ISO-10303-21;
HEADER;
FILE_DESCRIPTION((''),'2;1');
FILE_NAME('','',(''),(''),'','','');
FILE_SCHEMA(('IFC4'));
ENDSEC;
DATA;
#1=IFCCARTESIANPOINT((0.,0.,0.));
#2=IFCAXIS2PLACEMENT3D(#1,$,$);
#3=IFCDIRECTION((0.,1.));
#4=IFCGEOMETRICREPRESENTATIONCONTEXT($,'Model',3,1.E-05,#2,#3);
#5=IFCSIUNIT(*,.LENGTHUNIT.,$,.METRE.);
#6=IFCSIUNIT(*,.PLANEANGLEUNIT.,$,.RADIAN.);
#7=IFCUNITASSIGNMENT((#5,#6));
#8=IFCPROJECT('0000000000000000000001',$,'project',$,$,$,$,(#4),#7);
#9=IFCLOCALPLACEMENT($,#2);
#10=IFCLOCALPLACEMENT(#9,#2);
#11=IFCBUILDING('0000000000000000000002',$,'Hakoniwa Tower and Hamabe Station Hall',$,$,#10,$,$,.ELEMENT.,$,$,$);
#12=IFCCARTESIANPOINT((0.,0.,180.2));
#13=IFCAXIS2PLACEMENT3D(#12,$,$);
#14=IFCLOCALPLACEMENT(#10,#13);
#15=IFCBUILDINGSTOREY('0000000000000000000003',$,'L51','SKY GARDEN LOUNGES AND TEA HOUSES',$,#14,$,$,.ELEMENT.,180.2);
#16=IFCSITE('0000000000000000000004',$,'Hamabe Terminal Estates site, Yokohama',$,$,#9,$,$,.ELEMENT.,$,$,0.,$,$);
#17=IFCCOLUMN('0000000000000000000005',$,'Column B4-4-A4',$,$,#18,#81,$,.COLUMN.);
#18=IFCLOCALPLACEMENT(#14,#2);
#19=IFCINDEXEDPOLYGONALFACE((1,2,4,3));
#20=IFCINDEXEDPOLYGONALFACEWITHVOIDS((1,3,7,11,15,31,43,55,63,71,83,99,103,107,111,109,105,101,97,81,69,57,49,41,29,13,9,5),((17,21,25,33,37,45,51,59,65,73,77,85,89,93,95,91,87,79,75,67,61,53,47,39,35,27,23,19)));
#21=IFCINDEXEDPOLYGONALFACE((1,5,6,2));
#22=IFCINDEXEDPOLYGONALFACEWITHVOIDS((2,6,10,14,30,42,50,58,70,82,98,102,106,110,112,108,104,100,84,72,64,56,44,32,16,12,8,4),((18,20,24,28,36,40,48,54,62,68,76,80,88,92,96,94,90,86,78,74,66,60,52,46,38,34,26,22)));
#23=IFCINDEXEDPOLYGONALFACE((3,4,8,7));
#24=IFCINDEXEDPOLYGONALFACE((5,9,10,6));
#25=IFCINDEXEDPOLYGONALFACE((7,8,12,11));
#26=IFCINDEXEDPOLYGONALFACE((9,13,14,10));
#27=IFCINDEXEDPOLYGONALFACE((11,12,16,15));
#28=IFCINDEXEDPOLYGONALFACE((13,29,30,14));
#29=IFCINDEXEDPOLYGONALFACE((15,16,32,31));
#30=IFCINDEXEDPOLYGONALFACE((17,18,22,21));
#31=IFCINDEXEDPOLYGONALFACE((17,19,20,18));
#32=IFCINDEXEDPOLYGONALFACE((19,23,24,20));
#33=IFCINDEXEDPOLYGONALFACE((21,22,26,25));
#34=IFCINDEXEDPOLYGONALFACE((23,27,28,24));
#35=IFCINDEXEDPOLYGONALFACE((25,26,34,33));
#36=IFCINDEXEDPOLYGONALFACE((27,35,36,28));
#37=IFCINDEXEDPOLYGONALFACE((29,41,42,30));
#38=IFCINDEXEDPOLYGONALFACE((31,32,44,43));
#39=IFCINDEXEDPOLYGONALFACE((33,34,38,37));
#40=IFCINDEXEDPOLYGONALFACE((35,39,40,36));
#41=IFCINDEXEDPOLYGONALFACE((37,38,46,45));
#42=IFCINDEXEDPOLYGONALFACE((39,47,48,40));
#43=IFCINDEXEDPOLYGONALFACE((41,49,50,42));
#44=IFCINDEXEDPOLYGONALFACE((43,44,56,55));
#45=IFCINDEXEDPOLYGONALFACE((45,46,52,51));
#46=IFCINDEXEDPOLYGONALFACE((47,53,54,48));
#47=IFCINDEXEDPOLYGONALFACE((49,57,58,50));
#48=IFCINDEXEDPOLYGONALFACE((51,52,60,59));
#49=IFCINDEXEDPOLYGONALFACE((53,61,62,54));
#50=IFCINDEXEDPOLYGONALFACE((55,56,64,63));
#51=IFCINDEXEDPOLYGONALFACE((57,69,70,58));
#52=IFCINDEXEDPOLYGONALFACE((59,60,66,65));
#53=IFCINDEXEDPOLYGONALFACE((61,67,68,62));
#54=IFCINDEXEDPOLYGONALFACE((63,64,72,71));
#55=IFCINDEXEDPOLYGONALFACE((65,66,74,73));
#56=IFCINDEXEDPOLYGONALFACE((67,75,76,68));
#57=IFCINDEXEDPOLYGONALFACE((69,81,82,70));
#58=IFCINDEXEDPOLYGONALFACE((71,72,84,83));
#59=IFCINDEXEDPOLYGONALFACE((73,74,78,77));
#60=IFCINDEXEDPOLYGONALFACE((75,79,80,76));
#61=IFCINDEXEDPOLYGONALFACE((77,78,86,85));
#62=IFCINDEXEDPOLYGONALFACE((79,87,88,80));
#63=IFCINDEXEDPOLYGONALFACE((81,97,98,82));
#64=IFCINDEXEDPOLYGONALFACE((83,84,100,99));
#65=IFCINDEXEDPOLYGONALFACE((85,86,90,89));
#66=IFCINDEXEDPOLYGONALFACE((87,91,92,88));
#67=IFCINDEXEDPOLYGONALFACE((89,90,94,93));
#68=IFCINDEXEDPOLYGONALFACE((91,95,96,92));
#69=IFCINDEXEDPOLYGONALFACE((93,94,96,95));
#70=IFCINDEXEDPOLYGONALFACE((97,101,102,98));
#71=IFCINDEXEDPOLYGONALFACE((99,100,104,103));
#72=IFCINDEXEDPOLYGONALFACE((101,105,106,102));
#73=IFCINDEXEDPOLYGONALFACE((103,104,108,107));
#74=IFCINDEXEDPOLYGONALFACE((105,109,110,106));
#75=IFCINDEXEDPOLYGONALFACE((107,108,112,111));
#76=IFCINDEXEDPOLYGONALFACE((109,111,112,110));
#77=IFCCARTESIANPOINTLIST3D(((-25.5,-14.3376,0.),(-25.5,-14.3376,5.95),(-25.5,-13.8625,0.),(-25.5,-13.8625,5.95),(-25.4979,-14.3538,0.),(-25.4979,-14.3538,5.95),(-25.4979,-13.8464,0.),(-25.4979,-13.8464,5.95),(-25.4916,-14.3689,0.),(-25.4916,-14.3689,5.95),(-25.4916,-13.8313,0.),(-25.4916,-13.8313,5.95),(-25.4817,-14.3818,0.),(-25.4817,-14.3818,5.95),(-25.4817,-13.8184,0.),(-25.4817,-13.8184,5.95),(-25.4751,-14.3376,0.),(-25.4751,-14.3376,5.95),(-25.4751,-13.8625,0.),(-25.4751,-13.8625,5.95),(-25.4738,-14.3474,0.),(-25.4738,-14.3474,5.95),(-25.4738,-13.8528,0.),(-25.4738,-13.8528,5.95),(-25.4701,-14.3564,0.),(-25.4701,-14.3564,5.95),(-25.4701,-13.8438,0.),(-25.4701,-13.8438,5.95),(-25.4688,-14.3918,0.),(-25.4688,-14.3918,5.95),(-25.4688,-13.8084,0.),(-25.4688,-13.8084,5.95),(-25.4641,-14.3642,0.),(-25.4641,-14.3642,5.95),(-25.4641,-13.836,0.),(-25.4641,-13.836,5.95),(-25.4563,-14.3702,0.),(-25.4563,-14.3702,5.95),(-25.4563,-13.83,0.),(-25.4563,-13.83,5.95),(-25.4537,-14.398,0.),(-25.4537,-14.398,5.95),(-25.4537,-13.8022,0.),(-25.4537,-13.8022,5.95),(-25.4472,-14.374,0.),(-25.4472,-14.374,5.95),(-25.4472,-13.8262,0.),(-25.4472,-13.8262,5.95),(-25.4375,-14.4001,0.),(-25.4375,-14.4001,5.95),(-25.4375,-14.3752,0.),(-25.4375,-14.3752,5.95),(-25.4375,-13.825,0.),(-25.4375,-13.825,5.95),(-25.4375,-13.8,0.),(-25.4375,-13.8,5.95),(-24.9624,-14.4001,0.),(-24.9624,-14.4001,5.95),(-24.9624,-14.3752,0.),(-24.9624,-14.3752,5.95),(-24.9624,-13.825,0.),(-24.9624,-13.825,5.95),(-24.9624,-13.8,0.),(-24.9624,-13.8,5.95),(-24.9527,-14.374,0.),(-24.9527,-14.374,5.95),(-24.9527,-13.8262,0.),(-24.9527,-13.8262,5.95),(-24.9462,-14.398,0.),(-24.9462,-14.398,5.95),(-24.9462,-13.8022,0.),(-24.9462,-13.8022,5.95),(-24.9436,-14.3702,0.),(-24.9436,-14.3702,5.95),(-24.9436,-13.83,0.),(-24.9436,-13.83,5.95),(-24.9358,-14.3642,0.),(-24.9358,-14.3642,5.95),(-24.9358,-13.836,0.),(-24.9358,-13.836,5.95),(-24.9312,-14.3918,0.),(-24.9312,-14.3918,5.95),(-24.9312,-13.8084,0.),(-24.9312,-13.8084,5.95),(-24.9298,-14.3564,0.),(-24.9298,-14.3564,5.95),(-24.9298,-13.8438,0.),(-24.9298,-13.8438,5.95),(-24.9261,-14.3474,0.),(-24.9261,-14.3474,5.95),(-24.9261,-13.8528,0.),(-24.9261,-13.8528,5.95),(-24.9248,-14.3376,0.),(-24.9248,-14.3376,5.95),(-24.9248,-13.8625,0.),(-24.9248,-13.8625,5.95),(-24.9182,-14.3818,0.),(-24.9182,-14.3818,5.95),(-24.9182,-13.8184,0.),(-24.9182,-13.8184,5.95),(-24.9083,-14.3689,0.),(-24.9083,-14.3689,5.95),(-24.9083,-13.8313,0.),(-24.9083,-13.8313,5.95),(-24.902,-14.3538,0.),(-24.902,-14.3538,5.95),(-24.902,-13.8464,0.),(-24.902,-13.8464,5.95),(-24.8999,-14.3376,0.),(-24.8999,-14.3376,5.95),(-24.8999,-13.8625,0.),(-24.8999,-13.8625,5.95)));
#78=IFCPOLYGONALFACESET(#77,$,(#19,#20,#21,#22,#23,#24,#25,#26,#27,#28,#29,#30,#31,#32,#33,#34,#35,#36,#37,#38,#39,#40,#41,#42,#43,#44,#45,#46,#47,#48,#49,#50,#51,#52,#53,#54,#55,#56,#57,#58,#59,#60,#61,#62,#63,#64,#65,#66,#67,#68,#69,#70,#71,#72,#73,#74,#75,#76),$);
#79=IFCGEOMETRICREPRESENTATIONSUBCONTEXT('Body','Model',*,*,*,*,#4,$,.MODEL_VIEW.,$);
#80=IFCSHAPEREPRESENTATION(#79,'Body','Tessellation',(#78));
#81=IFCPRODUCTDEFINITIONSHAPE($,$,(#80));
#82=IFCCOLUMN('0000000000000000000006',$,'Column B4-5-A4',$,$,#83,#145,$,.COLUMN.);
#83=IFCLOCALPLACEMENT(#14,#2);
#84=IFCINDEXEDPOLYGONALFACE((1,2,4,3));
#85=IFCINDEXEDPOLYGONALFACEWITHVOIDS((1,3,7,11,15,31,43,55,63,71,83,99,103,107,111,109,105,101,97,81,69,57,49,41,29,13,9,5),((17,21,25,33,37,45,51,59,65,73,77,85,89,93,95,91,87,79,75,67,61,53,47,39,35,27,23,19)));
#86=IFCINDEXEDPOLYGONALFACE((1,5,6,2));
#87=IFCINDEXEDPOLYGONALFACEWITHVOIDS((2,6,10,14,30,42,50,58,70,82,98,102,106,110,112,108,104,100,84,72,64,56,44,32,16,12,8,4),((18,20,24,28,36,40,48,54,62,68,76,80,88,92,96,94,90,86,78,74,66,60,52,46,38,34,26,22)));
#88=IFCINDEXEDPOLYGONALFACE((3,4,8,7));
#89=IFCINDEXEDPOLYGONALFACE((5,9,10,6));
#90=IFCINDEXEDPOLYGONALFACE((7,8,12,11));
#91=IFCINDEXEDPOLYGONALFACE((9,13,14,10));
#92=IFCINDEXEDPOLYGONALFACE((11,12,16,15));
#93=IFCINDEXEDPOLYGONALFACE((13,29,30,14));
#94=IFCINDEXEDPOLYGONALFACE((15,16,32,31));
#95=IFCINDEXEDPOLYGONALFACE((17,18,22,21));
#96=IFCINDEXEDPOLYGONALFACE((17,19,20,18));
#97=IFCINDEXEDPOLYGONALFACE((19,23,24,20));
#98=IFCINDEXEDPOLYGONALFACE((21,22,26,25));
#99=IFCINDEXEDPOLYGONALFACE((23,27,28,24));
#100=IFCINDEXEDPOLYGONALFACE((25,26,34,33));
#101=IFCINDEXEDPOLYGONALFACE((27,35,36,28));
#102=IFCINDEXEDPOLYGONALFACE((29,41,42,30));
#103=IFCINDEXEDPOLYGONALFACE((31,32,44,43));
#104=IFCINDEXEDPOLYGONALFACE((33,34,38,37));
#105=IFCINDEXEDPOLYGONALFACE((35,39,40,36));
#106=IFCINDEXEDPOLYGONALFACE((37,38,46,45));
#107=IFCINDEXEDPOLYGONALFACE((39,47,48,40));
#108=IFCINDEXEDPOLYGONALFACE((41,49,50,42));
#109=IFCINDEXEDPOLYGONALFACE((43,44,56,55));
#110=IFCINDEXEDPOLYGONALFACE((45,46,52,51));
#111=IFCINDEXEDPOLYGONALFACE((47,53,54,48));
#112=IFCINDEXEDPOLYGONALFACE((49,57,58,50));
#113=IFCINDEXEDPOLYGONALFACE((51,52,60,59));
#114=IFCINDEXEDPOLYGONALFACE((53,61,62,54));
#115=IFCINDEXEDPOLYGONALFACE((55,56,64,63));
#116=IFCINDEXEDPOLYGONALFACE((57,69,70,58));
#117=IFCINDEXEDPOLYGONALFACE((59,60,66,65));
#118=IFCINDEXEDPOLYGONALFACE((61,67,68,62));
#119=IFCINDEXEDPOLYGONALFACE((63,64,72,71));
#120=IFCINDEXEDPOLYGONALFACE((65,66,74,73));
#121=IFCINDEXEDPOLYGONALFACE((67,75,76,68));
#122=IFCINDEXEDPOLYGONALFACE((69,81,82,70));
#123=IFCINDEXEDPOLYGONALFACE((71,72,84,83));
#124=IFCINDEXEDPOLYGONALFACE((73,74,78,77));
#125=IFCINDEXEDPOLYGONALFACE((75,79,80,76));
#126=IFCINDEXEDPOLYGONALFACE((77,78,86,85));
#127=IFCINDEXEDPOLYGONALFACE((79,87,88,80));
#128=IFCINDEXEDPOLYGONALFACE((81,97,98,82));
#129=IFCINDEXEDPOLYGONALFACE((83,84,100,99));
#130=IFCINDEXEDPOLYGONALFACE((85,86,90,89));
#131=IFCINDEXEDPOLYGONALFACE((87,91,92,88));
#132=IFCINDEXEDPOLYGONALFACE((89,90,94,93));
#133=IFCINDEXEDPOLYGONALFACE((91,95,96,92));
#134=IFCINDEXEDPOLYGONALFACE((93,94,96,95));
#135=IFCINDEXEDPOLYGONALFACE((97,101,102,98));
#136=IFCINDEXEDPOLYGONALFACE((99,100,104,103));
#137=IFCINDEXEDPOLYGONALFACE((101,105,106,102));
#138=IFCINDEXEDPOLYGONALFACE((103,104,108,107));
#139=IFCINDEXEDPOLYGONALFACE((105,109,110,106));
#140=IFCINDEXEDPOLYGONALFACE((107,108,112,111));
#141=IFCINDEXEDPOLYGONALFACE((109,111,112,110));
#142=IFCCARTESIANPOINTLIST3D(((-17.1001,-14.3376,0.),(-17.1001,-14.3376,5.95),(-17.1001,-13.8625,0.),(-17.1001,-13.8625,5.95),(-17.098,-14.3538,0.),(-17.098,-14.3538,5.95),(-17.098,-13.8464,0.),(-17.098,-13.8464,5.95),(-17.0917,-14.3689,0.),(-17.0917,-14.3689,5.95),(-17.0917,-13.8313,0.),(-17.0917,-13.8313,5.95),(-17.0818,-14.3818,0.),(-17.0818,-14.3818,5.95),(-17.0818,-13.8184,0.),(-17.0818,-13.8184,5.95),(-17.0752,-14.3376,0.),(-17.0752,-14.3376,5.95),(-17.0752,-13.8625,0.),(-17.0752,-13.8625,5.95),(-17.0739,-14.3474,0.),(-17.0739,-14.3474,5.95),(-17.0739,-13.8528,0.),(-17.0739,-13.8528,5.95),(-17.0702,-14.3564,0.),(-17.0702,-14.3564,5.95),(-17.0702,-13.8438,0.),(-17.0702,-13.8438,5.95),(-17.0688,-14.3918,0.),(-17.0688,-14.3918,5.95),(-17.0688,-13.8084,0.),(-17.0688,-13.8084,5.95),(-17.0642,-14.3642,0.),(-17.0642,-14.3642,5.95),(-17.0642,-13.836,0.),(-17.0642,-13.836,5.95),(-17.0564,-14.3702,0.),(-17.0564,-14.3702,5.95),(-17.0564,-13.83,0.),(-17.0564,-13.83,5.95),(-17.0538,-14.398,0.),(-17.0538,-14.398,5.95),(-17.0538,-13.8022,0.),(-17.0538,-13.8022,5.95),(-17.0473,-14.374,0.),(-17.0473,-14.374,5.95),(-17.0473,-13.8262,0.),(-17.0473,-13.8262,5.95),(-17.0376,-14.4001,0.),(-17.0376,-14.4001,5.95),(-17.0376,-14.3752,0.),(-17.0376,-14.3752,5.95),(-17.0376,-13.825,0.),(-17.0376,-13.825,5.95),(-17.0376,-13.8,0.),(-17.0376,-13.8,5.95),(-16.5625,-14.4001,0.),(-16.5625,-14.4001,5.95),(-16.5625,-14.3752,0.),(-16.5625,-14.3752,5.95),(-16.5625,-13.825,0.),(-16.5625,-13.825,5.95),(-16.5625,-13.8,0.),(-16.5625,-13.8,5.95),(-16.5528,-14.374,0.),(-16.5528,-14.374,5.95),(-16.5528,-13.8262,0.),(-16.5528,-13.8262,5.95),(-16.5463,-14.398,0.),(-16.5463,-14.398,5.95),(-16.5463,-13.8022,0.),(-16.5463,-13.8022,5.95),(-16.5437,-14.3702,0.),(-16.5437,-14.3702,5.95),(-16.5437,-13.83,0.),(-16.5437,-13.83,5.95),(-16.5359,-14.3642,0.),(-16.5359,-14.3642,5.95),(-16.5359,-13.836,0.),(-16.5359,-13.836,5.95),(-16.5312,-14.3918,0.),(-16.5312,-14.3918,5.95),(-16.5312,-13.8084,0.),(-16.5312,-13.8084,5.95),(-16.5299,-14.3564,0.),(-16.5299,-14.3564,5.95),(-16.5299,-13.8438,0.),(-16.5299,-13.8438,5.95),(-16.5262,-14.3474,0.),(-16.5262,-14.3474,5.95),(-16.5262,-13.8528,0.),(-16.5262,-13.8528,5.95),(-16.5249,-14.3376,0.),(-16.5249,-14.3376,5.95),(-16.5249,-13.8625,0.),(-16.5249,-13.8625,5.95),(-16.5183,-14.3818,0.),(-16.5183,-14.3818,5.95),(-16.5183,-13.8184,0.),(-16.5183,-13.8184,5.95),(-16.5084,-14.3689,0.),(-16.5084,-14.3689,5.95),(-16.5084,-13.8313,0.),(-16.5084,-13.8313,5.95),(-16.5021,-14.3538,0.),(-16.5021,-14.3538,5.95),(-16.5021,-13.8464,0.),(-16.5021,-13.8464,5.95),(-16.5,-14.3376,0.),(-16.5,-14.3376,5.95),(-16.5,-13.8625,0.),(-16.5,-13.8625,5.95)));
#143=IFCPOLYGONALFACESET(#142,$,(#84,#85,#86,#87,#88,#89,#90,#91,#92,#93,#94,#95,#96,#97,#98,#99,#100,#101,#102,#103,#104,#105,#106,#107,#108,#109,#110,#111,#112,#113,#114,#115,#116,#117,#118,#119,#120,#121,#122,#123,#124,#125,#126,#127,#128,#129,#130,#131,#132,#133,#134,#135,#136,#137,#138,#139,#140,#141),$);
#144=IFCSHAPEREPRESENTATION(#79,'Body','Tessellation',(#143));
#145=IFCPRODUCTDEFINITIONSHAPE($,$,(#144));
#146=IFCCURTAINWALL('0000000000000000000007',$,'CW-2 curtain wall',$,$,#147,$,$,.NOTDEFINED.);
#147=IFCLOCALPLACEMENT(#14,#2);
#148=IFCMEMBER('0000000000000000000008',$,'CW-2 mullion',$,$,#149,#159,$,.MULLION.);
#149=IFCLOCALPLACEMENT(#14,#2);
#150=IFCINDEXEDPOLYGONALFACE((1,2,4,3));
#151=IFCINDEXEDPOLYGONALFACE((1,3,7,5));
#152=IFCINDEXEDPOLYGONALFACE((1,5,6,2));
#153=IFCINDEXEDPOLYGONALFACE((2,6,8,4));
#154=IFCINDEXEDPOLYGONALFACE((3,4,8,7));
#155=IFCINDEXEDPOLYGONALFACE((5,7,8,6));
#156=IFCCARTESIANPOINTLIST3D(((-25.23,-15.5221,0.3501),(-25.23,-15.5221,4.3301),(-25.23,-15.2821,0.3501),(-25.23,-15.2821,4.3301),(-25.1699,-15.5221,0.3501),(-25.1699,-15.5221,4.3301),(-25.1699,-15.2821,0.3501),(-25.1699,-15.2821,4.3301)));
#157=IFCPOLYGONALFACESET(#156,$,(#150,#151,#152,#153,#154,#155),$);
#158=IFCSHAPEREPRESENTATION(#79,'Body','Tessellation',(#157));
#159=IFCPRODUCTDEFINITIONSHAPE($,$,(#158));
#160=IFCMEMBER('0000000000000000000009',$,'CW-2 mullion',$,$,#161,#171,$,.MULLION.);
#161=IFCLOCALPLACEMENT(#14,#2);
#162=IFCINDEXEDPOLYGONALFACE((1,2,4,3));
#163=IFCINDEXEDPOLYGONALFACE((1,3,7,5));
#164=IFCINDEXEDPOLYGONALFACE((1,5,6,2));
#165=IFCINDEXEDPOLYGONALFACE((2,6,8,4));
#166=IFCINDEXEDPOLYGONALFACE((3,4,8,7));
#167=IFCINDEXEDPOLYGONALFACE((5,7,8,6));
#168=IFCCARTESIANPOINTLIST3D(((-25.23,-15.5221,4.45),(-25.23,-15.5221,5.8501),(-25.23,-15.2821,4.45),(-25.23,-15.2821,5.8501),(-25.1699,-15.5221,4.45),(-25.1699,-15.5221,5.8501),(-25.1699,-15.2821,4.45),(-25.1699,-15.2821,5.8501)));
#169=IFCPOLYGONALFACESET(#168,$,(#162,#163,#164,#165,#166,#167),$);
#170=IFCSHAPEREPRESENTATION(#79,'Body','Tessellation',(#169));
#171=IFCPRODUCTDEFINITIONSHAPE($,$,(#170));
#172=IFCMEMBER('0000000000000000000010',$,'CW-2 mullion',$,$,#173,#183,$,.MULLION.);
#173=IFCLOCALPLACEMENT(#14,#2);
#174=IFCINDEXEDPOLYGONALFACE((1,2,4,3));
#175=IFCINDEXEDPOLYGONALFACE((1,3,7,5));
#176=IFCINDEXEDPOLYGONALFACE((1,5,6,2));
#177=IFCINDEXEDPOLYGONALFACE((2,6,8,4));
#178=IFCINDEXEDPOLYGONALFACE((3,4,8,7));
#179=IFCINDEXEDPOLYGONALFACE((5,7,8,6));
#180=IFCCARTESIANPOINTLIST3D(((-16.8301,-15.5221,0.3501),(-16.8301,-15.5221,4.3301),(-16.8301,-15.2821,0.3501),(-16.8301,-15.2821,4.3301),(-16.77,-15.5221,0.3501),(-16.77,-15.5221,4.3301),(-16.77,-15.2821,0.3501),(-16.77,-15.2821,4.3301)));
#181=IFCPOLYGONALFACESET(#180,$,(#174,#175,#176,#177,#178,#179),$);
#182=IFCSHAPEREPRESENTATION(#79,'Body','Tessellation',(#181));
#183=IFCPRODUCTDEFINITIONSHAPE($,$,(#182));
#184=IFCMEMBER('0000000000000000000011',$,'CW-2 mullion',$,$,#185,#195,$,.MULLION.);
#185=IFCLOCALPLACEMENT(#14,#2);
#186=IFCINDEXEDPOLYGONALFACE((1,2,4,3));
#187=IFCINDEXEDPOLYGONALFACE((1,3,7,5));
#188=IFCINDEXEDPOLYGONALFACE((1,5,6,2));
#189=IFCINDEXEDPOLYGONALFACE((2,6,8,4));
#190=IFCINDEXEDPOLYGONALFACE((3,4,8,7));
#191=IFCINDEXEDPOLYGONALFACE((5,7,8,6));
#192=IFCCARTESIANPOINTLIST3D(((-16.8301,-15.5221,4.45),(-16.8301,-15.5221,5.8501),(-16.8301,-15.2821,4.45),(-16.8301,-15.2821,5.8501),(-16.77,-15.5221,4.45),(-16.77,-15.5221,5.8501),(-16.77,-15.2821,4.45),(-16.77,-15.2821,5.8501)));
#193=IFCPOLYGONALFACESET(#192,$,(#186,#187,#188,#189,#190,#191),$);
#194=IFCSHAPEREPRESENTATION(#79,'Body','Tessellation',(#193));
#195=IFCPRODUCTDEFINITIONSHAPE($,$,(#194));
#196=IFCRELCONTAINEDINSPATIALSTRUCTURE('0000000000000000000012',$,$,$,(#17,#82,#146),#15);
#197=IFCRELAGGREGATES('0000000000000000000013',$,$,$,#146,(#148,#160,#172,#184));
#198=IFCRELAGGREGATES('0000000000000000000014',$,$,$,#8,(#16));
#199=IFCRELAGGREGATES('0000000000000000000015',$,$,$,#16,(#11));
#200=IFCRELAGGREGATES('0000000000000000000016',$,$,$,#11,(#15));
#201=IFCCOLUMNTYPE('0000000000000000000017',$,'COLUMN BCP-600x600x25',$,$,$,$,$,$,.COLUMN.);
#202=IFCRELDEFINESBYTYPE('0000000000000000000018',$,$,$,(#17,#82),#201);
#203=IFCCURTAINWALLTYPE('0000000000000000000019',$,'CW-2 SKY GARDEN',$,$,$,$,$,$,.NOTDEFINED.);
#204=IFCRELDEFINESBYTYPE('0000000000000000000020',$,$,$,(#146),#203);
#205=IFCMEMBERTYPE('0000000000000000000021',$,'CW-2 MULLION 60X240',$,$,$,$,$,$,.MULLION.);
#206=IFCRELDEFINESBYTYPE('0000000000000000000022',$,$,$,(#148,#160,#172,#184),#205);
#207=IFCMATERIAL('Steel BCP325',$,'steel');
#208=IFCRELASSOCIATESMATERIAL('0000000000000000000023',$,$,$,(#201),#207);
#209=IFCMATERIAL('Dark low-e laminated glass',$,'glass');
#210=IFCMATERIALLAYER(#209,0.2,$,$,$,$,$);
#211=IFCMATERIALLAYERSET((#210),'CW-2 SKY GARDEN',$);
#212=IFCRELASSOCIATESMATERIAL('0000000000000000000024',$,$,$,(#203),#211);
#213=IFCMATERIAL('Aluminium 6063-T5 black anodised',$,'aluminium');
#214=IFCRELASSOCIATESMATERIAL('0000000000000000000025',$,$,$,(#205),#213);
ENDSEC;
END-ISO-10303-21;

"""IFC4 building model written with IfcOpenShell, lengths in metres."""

from ifc_helpers import new_model, si_unit, direction, frame, origin, origin_2d, place, context, subcontext, project, spatial, rectangle, hollow_rectangle, extrude, material, layer, layer_set, material_profile, profile_set, type_object, element, aggregate, save


model = new_model("IFC4")

# Units and contexts
model_context = context("Model", 3, precision=1e-05, world=origin(), true_north=direction((0.0, 1.0)))
body_context = subcontext(model_context, "Body", "Model", "MODEL_VIEW")
ifc_project = project(units=[si_unit("LENGTHUNIT", "METRE"), si_unit("PLANEANGLEUNIT", "RADIAN")], contexts=[model_context])

# Site, building, storey
site_placement = place(None, origin())
site = spatial("IfcSite", under=ifc_project, at=site_placement, Name="Hamabe Terminal Estates site, Yokohama", CompositionType="ELEMENT", RefElevation=0.0)
building_placement = place(site_placement, origin())
building = spatial("IfcBuilding", under=site, at=building_placement, Name="Hakoniwa Tower and Hamabe Station Hall", CompositionType="ELEMENT")
storey_placement = place(building_placement, frame((0.0, 0.0, 180.2)))
storey = spatial("IfcBuildingStorey", under=building, at=storey_placement, Name="L51", Description="SKY GARDEN LOUNGES AND TEA HOUSES", CompositionType="ELEMENT", Elevation=180.2)

# Columns
ifc_material_1 = material(Name="Steel BCP325", Category="steel")
ifc_material_profile_1 = material_profile(ifc_material_1, hollow_rectangle(XDim=0.6001, YDim=0.6001, WallThickness=0.0249, InnerFilletRadius=0.0376, OuterFilletRadius=0.0625, at=origin_2d()), Name="BCP-600x600x25")
ifc_profile_set_1 = profile_set([ifc_material_profile_1], Name="Steel BCP325")
column_type = type_object("IfcColumnType", Name="COLUMN BCP-600x600x25", PredefinedType="COLUMN", material=ifc_profile_set_1)
for number, where, z_axis, x_axis, name in (
    (1, (-25.2, -14.1001, 0.0), (0.0, 0.0, 1.0), (1.0, 0.0, 0.0), "Column B4-4-A4"),
    (2, (-16.8, -14.1001, 0.0), (0.0, 0.0, 1.0), (1.0, 0.0, 0.0), "Column B4-5-A4"),
):
    element("IfcColumn", number, at=place(storey_placement, frame(where, z_axis=z_axis, x_axis=x_axis)), inside=storey, type_object=column_type, Name=name, PredefinedType="COLUMN", context=body_context, shape_type="SweptSolid", body=[
        extrude(hollow_rectangle(XDim=0.6001, YDim=0.6001, WallThickness=0.0249, InnerFilletRadius=0.0376, OuterFilletRadius=0.0625, at=origin_2d()), origin(), (0.0, 0.0, 1.0), 5.95),
    ])

# Curtain wall, members
ifc_material_2 = material(Name="Dark low-e laminated glass", Category="glass")
ifc_layer_1 = layer(ifc_material_2, 0.2)
ifc_layer_set_1 = layer_set([ifc_layer_1], Name="CW-2 SKY GARDEN")
curtain_wall_type = type_object("IfcCurtainWallType", Name="CW-2 SKY GARDEN", PredefinedType="NOTDEFINED", material=ifc_layer_set_1)
curtain_wall_placement = place(storey_placement, origin())
curtain_wall = element("IfcCurtainWall", 3, at=curtain_wall_placement, inside=storey, type_object=curtain_wall_type, Name="CW-2 curtain wall", PredefinedType="NOTDEFINED")
ifc_material_3 = material(Name="Aluminium 6063-T5 black anodised", Category="aluminium")
ifc_material_profile_2 = material_profile(ifc_material_3, rectangle(XDim=0.0601, YDim=0.24, at=origin_2d()), Name="CW-2 MULLION 60X240")
ifc_profile_set_2 = profile_set([ifc_material_profile_2], Name="Aluminium 6063-T5 black anodised")
member_type = type_object("IfcMemberType", Name="CW-2 MULLION 60X240", PredefinedType="MULLION", material=ifc_profile_set_2)
member_1_placement = place(storey_placement, frame((-25.2, -15.4021, 0.3501), z_axis=(0.0, 0.0, 1.0), x_axis=(1.0, 0.0, 0.0)))
member_1 = element("IfcMember", 4, at=member_1_placement, type_object=member_type, Name="CW-2 mullion", PredefinedType="MULLION", context=body_context, shape_type="SweptSolid", body=[
    extrude(rectangle(XDim=0.0601, YDim=0.24, at=origin_2d()), origin(), (0.0, 0.0, 1.0), 3.98),
])
member_2_placement = place(storey_placement, frame((-25.2, -15.4021, 4.45), z_axis=(0.0, 0.0, 1.0), x_axis=(1.0, 0.0, 0.0)))
member_2 = element("IfcMember", 5, at=member_2_placement, type_object=member_type, Name="CW-2 mullion", PredefinedType="MULLION", context=body_context, shape_type="SweptSolid", body=[
    extrude(rectangle(XDim=0.0601, YDim=0.24, at=origin_2d()), origin(), (0.0, 0.0, 1.0), 1.4001),
])
member_3_placement = place(storey_placement, frame((-16.8, -15.4021, 0.3501), z_axis=(0.0, 0.0, 1.0), x_axis=(1.0, 0.0, 0.0)))
member_3 = element("IfcMember", 6, at=member_3_placement, type_object=member_type, Name="CW-2 mullion", PredefinedType="MULLION", context=body_context, shape_type="SweptSolid", body=[
    extrude(rectangle(XDim=0.0601, YDim=0.24, at=origin_2d()), origin(), (0.0, 0.0, 1.0), 3.98),
])
member_4_placement = place(storey_placement, frame((-16.8, -15.4021, 4.45), z_axis=(0.0, 0.0, 1.0), x_axis=(1.0, 0.0, 0.0)))
member_4 = element("IfcMember", 7, at=member_4_placement, type_object=member_type, Name="CW-2 mullion", PredefinedType="MULLION", context=body_context, shape_type="SweptSolid", body=[
    extrude(rectangle(XDim=0.0601, YDim=0.24, at=origin_2d()), origin(), (0.0, 0.0, 1.0), 1.4001),
])

aggregate(curtain_wall, [member_1, member_2, member_3, member_4])

save(model, "model.ifc")
